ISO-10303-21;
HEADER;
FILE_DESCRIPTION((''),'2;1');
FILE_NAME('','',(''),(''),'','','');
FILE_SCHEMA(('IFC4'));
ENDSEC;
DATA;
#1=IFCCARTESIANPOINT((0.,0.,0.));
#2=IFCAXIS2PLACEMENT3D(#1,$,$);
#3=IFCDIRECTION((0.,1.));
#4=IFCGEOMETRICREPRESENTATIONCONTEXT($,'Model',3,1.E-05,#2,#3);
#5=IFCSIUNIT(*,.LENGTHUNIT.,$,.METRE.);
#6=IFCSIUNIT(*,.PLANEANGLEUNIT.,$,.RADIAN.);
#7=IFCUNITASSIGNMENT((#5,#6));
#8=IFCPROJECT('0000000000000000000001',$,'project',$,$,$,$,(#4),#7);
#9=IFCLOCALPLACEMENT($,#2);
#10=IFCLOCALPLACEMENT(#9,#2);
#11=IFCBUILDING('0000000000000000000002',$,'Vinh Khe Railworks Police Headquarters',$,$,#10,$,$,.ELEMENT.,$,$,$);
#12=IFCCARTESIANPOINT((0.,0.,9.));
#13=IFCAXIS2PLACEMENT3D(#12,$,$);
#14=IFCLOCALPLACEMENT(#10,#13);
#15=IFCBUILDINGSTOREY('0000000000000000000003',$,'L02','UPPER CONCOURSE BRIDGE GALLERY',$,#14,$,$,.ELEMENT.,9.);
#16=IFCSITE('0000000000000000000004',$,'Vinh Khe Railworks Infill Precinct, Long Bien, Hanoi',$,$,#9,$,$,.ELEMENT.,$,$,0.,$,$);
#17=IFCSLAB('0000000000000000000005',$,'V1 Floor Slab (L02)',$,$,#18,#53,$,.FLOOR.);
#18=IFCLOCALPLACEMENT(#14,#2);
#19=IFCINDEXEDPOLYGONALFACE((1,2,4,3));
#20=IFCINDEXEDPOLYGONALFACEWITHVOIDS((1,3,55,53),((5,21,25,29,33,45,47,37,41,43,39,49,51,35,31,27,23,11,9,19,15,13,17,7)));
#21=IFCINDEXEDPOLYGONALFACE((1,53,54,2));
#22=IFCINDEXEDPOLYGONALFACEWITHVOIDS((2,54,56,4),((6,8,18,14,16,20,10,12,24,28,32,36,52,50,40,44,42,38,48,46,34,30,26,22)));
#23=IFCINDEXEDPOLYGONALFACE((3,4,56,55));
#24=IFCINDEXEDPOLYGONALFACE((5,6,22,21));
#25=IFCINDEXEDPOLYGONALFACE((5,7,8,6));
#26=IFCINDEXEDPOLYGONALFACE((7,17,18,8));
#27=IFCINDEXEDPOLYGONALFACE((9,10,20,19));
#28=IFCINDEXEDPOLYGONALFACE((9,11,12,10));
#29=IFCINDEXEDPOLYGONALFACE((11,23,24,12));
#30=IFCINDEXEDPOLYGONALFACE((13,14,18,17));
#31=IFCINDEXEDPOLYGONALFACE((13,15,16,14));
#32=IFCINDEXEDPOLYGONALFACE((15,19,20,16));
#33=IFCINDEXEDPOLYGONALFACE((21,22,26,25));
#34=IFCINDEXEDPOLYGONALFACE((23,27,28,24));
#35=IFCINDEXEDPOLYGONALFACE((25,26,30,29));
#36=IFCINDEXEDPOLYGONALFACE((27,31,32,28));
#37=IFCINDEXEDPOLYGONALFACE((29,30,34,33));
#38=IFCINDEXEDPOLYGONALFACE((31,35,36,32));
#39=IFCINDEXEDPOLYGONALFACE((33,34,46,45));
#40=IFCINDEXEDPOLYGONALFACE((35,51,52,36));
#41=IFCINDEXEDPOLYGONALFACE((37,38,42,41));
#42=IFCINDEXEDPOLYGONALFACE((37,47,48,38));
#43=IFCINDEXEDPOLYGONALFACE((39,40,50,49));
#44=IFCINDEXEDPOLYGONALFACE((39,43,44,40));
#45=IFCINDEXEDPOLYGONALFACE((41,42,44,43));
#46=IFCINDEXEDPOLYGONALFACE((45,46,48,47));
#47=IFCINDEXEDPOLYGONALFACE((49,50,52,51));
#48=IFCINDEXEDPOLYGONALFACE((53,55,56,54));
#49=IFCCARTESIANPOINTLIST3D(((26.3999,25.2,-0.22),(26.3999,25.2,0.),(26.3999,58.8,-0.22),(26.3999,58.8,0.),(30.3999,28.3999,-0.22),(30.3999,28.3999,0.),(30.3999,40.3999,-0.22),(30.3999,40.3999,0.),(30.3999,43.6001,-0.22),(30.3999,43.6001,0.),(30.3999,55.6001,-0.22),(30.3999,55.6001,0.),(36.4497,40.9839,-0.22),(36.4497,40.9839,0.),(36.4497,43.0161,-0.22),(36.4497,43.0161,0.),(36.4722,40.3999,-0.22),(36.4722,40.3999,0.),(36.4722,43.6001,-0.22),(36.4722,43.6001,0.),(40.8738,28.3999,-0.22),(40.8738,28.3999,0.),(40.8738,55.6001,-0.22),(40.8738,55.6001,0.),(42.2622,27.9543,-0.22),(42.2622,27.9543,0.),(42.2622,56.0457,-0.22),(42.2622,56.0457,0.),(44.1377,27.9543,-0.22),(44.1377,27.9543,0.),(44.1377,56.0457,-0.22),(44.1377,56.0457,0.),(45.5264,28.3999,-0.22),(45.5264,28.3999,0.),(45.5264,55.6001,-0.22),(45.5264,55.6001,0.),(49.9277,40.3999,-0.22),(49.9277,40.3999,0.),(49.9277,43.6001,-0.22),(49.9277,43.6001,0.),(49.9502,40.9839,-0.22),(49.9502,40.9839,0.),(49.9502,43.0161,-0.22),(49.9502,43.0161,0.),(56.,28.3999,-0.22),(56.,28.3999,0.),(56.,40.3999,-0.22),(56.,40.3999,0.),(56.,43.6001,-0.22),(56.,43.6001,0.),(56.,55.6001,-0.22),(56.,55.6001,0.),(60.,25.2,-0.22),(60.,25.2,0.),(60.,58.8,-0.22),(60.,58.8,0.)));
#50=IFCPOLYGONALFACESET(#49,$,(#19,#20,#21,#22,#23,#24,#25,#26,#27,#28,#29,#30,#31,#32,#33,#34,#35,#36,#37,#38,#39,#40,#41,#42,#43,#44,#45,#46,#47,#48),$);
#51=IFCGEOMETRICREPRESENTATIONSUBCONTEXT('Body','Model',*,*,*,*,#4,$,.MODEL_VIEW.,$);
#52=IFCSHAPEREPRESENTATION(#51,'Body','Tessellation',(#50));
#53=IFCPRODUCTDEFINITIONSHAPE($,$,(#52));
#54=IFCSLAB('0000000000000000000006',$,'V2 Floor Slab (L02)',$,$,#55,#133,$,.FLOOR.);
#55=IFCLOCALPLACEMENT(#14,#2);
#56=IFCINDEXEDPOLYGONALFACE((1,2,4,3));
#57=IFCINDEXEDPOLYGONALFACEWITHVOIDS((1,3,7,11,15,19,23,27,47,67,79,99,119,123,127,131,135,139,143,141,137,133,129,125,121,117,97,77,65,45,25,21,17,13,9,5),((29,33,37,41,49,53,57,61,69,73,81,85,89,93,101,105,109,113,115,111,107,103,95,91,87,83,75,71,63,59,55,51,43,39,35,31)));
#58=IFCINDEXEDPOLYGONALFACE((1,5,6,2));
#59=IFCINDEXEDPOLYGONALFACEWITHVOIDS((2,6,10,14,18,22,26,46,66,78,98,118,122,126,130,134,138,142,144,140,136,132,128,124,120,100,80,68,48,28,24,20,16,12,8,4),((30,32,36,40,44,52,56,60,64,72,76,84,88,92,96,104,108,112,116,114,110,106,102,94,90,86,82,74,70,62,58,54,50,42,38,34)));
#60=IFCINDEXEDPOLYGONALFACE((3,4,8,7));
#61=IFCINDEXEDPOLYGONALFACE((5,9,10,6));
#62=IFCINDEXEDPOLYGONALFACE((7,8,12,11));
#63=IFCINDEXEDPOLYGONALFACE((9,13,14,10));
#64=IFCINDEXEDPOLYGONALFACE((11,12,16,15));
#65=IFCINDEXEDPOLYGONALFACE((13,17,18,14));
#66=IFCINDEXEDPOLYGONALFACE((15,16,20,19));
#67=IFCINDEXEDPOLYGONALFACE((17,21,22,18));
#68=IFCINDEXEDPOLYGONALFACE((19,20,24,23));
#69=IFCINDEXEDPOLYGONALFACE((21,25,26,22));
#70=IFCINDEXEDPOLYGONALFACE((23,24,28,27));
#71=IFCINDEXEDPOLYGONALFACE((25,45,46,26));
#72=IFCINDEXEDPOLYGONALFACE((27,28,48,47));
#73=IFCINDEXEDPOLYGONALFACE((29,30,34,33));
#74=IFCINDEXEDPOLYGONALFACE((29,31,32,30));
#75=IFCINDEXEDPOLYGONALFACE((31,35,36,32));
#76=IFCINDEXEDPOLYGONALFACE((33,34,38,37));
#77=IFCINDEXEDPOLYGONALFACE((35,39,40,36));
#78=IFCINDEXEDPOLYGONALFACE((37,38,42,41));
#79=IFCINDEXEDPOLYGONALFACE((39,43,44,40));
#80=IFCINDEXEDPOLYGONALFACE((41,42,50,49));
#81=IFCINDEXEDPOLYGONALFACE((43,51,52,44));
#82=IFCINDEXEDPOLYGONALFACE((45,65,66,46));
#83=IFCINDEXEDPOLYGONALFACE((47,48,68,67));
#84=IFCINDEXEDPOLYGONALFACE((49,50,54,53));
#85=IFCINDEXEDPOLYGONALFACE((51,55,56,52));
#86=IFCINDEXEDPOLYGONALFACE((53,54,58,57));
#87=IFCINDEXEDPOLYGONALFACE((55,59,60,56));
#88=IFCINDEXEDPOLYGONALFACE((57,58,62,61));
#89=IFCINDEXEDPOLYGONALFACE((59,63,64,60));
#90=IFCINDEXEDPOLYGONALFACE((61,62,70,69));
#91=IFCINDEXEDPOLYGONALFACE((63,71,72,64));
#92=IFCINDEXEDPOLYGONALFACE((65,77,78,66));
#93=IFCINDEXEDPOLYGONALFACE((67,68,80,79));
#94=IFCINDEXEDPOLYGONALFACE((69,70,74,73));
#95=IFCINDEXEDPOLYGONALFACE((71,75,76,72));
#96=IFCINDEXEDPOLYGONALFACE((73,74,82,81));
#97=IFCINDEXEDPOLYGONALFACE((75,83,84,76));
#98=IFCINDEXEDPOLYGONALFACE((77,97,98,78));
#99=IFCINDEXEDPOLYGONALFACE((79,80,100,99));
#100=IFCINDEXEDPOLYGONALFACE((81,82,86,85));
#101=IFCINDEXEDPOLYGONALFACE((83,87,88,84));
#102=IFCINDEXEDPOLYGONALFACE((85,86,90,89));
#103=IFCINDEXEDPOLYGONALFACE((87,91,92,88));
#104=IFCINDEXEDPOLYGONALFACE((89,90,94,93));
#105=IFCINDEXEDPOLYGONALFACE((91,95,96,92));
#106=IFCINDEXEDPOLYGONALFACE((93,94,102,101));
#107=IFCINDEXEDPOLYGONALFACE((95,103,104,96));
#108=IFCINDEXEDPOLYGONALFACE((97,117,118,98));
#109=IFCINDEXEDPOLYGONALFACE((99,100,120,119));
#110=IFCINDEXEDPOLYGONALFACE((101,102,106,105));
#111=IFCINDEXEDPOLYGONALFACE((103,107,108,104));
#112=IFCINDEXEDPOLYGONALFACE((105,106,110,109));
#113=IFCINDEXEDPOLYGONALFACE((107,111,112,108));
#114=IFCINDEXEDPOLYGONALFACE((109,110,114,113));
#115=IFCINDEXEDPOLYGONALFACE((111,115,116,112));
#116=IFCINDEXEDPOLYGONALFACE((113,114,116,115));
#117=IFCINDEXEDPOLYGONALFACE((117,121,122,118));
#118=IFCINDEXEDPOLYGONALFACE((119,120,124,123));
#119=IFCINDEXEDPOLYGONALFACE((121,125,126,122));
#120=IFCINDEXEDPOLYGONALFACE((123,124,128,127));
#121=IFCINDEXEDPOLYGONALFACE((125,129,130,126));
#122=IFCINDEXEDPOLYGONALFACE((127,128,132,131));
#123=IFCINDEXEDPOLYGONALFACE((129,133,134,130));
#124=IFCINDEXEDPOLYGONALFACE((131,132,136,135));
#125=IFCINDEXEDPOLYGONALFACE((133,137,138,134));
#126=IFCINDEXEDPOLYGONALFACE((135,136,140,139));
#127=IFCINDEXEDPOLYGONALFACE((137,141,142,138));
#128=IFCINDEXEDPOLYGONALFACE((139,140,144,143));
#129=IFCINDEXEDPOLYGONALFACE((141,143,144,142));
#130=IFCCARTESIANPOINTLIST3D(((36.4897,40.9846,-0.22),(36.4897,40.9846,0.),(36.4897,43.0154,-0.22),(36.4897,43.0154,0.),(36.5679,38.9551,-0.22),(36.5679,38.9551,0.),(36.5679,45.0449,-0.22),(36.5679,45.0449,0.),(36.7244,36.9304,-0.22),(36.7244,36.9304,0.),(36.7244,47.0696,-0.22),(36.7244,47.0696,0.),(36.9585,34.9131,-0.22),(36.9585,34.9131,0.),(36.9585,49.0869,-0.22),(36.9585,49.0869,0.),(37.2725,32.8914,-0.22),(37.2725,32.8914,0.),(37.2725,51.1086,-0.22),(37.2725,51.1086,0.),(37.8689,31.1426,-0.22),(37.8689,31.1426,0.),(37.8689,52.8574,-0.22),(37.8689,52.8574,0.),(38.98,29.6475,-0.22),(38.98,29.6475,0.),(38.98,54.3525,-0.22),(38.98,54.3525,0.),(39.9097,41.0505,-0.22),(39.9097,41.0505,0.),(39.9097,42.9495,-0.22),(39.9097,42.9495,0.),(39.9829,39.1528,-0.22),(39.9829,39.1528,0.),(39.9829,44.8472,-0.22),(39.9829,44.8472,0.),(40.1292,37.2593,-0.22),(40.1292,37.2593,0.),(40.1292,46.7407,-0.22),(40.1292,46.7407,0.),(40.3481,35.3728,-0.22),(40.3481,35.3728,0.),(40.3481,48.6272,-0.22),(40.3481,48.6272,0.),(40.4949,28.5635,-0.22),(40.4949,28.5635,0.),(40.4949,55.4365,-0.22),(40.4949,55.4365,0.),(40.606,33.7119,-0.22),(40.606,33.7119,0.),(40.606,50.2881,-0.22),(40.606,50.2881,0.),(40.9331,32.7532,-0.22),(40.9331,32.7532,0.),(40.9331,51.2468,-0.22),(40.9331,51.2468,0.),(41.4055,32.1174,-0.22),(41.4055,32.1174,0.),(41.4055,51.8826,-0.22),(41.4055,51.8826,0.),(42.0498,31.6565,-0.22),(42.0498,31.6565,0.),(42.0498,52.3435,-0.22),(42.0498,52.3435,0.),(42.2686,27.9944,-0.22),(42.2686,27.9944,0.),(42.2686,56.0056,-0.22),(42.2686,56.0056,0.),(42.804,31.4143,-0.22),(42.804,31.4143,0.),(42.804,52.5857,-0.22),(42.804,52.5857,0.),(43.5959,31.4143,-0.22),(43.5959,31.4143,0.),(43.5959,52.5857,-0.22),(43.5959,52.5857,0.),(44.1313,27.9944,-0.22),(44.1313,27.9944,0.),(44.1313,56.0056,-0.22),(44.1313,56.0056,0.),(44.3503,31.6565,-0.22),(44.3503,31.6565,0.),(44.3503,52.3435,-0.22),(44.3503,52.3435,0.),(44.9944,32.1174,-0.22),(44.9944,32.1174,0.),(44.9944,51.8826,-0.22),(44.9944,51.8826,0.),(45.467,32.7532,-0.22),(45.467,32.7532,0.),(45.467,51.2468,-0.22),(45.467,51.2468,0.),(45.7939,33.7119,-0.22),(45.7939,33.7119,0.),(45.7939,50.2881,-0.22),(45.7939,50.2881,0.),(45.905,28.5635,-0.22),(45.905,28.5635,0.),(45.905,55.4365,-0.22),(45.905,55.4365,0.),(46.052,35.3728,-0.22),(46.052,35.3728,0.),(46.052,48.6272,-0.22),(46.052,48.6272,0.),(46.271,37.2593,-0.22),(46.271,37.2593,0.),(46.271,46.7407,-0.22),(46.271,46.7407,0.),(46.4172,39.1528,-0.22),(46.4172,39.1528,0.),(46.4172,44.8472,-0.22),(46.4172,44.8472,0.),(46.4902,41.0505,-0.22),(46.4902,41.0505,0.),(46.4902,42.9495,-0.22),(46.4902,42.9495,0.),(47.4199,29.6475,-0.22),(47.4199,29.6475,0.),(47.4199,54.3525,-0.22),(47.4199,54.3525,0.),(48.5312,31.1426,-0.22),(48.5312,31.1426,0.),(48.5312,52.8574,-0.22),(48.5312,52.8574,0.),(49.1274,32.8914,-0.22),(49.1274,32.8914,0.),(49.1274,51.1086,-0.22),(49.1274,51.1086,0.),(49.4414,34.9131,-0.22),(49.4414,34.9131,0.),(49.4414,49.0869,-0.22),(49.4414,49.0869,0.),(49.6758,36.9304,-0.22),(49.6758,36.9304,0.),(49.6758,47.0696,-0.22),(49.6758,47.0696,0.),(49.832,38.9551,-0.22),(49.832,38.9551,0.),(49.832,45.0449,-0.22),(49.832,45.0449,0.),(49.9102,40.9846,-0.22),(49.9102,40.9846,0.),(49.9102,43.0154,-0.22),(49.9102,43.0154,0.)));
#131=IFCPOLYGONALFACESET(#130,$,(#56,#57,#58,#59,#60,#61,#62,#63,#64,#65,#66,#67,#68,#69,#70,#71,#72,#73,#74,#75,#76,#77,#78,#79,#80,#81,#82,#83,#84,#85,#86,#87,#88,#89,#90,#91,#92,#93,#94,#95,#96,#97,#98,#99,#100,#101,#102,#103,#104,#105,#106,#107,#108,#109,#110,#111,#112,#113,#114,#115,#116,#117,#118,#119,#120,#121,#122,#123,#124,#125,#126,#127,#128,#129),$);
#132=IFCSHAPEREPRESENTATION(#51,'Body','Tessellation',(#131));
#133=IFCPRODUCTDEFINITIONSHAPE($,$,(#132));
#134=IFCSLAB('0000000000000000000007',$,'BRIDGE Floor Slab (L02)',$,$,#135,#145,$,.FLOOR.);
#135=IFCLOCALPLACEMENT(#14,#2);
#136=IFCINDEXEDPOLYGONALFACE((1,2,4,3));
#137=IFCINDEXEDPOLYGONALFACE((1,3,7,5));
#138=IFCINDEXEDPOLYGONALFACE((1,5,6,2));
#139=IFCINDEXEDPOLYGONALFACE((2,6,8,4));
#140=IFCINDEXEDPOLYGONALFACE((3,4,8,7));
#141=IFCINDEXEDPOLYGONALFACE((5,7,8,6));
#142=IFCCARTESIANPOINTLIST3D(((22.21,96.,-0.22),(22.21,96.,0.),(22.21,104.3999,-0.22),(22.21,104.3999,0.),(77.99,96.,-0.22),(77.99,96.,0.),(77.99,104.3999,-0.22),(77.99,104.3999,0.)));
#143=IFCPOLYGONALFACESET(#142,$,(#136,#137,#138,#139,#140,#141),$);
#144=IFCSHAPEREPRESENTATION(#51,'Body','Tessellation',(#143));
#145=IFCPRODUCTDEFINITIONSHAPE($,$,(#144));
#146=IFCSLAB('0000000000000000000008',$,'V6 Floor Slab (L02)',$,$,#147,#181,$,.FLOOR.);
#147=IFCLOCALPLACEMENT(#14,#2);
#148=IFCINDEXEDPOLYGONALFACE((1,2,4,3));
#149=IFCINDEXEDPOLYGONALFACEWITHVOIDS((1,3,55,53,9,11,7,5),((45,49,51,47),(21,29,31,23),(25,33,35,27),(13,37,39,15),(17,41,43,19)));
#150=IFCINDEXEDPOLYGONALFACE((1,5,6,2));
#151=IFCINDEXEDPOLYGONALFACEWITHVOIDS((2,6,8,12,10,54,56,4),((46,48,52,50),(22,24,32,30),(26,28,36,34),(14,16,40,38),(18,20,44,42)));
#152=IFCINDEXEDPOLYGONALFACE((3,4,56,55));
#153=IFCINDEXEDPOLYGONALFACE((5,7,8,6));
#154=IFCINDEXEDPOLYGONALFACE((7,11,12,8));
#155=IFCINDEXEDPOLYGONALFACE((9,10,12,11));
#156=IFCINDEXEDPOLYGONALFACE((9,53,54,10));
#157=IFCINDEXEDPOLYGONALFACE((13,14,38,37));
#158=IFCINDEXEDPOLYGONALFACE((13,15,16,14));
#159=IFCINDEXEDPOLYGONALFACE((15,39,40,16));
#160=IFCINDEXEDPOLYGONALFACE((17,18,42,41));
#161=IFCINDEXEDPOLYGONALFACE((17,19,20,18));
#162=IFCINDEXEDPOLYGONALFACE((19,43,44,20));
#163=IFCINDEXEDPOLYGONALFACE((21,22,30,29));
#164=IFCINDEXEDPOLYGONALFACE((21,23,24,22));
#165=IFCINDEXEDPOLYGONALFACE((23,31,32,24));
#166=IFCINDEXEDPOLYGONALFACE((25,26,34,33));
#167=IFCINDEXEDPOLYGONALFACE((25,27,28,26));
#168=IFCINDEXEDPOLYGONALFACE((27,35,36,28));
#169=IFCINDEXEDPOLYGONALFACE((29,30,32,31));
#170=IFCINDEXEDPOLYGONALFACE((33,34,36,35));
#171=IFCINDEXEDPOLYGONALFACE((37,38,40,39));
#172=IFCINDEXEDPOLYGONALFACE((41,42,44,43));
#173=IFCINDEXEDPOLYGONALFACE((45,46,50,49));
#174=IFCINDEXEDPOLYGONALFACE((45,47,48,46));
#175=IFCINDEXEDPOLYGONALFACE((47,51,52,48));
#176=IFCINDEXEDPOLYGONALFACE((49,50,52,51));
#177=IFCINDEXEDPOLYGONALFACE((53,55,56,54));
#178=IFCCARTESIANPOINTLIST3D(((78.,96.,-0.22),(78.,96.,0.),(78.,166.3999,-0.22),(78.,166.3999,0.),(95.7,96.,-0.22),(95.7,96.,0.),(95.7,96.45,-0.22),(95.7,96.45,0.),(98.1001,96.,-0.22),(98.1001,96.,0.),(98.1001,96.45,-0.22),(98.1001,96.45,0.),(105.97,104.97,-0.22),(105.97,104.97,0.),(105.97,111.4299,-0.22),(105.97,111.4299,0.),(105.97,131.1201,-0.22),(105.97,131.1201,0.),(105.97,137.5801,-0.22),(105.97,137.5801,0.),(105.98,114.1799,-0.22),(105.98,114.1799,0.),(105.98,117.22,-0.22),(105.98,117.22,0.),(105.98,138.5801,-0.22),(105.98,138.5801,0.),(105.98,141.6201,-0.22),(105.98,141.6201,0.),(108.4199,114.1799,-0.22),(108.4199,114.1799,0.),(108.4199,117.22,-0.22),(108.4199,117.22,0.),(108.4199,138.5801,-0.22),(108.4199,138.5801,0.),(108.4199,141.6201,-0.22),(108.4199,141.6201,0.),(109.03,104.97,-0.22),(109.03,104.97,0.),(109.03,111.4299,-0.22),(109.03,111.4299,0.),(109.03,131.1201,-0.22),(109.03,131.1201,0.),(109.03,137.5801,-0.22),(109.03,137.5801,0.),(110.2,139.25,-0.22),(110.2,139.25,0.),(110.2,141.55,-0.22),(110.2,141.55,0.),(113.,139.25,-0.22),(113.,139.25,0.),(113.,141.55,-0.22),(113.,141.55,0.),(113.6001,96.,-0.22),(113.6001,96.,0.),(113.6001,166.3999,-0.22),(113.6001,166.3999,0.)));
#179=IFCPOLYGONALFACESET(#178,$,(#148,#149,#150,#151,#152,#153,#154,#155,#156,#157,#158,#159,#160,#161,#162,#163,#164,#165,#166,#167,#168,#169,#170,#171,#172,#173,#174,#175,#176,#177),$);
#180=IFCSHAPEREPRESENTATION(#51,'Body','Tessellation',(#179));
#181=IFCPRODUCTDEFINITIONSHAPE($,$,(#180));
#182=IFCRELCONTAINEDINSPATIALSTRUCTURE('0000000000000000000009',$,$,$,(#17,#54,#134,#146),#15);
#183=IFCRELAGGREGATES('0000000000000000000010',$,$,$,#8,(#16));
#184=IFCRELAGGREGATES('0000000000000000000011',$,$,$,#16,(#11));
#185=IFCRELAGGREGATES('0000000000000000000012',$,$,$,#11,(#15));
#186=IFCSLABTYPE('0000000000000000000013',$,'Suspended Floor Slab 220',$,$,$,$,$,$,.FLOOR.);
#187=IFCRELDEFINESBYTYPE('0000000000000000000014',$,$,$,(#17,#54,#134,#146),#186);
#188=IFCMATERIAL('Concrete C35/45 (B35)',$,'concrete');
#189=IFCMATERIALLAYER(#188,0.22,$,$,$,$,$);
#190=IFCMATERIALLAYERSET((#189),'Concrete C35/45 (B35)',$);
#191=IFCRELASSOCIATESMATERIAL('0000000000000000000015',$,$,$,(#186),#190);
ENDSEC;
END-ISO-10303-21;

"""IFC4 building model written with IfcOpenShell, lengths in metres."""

from ifc_helpers import new_model, si_unit, direction, frame, origin, place, context, subcontext, project, spatial, polyline, outline, extrude, material, layer, layer_set, type_object, element, save


model = new_model("IFC4")

# Units and contexts
model_context = context("Model", 3, precision=1e-05, world=origin(), true_north=direction((0.0, 1.0)))
body_context = subcontext(model_context, "Body", "Model", "MODEL_VIEW")
ifc_project = project(units=[si_unit("LENGTHUNIT", "METRE"), si_unit("PLANEANGLEUNIT", "RADIAN")], contexts=[model_context])

# Site, building, storey
site_placement = place(None, origin())
site = spatial("IfcSite", under=ifc_project, at=site_placement, Name="Vinh Khe Railworks Infill Precinct, Long Bien, Hanoi", CompositionType="ELEMENT", RefElevation=0.0)
building_placement = place(site_placement, origin())
building = spatial("IfcBuilding", under=site, at=building_placement, Name="Vinh Khe Railworks Police Headquarters", CompositionType="ELEMENT")
storey_placement = place(building_placement, frame((0.0, 0.0, 9.0)))
storey = spatial("IfcBuildingStorey", under=building, at=storey_placement, Name="L02", Description="UPPER CONCOURSE BRIDGE GALLERY", CompositionType="ELEMENT", Elevation=9.0)

# Shared definitions
ifc_material_1 = material(Name="Concrete C35/45 (B35)", Category="concrete")

# Slabs
ifc_layer_1 = layer(ifc_material_1, 0.22)
ifc_layer_set_1 = layer_set([ifc_layer_1], Name="Concrete C35/45 (B35)")
slab_type_1 = type_object("IfcSlabType", Name="Suspended Floor Slab 220", PredefinedType="FLOOR", material=ifc_layer_set_1)
slab_1_placement = place(storey_placement, frame((0.0, 0.0, -0.22)))
element("IfcSlab", 1, at=slab_1_placement, inside=storey, type_object=slab_type_1, Name="V1 Floor Slab (L02)", PredefinedType="FLOOR", context=body_context, shape_type="SweptSolid", body=[
    extrude(outline(polyline([(26.3999, 25.2), (60.0, 25.2), (60.0, 58.8), (26.3999, 58.8), (26.3999, 25.2)]), holes=[polyline([(45.5264, 28.3999), (44.1377, 27.9543), (42.2622, 27.9543), (40.8738, 28.3999), (30.3999, 28.3999), (30.3999, 40.3999), (36.4722, 40.3999), (36.4497, 40.9839), (36.4497, 43.0161), (36.4722, 43.6001), (30.3999, 43.6001), (30.3999, 55.6001), (40.8738, 55.6001), (42.2622, 56.0457), (44.1377, 56.0457), (45.5264, 55.6001), (56.0, 55.6001), (56.0, 43.6001), (49.9277, 43.6001), (49.9502, 43.0161), (49.9502, 40.9839), (49.9277, 40.3999), (56.0, 40.3999), (56.0, 28.3999), (45.5264, 28.3999)])]), origin(), (0.0, 0.0, 1.0), 0.22),
])
slab_2_placement = place(storey_placement, frame((0.0, 0.0, -0.22)))
element("IfcSlab", 2, at=slab_2_placement, inside=storey, type_object=slab_type_1, Name="V2 Floor Slab (L02)", PredefinedType="FLOOR", context=body_context, shape_type="SweptSolid", body=[
    extrude(outline(polyline([(49.1274, 32.8914), (49.4414, 34.9131), (49.6758, 36.9304), (49.832, 38.9551), (49.9102, 40.9846), (49.9102, 43.0154), (49.832, 45.0449), (49.6758, 47.0696), (49.4414, 49.0869), (49.1274, 51.1086), (48.5312, 52.8574), (47.4199, 54.3525), (45.905, 55.4365), (44.1313, 56.0056), (42.2686, 56.0056), (40.4949, 55.4365), (38.98, 54.3525), (37.8689, 52.8574), (37.2725, 51.1086), (36.9585, 49.0869), (36.7244, 47.0696), (36.5679, 45.0449), (36.4897, 43.0154), (36.4897, 40.9846), (36.5679, 38.9551), (36.7244, 36.9304), (36.9585, 34.9131), (37.2725, 32.8914), (37.8689, 31.1426), (38.98, 29.6475), (40.4949, 28.5635), (42.2686, 27.9944), (44.1313, 27.9944), (45.905, 28.5635), (47.4199, 29.6475), (48.5312, 31.1426), (49.1274, 32.8914)]), holes=[polyline([(45.7939, 33.7119), (46.052, 35.3728), (46.271, 37.2593), (46.4172, 39.1528), (46.4902, 41.0505), (46.4902, 42.9495), (46.4172, 44.8472), (46.271, 46.7407), (46.052, 48.6272), (45.7939, 50.2881), (45.467, 51.2468), (44.9944, 51.8826), (44.3503, 52.3435), (43.5959, 52.5857), (42.804, 52.5857), (42.0498, 52.3435), (41.4055, 51.8826), (40.9331, 51.2468), (40.606, 50.2881), (40.3481, 48.6272), (40.1292, 46.7407), (39.9829, 44.8472), (39.9097, 42.9495), (39.9097, 41.0505), (39.9829, 39.1528), (40.1292, 37.2593), (40.3481, 35.3728), (40.606, 33.7119), (40.9331, 32.7532), (41.4055, 32.1174), (42.0498, 31.6565), (42.804, 31.4143), (43.5959, 31.4143), (44.3503, 31.6565), (44.9944, 32.1174), (45.467, 32.7532), (45.7939, 33.7119)])]), origin(), (0.0, 0.0, 1.0), 0.22),
])
slab_3_placement = place(storey_placement, frame((0.0, 0.0, -0.22)))
element("IfcSlab", 3, at=slab_3_placement, inside=storey, type_object=slab_type_1, Name="BRIDGE Floor Slab (L02)", PredefinedType="FLOOR", context=body_context, shape_type="SweptSolid", body=[
    extrude(outline(polyline([(22.21, 96.0), (77.99, 96.0), (77.99, 104.3999), (22.21, 104.3999), (22.21, 96.0)])), origin(), (0.0, 0.0, 1.0), 0.22),
])
slab_4_placement = place(storey_placement, frame((0.0, 0.0, -0.22)))
element("IfcSlab", 4, at=slab_4_placement, inside=storey, type_object=slab_type_1, Name="V6 Floor Slab (L02)", PredefinedType="FLOOR", context=body_context, shape_type="SweptSolid", body=[
    extrude(outline(polyline([(78.0, 96.0), (95.7, 96.0), (95.7, 96.45), (98.1001, 96.45), (98.1001, 96.0), (113.6001, 96.0), (113.6001, 166.3999), (78.0, 166.3999), (78.0, 96.0)]), holes=[polyline([(105.97, 131.1201), (109.03, 131.1201), (109.03, 137.5801), (105.97, 137.5801), (105.97, 131.1201)]), polyline([(105.98, 138.5801), (108.4199, 138.5801), (108.4199, 141.6201), (105.98, 141.6201), (105.98, 138.5801)]), polyline([(105.97, 104.97), (109.03, 104.97), (109.03, 111.4299), (105.97, 111.4299), (105.97, 104.97)]), polyline([(105.98, 114.1799), (108.4199, 114.1799), (108.4199, 117.22), (105.98, 117.22), (105.98, 114.1799)]), polyline([(110.2, 139.25), (113.0, 139.25), (113.0, 141.55), (110.2, 141.55), (110.2, 139.25)])]), origin(), (0.0, 0.0, 1.0), 0.22),
])

save(model, "model.ifc")
